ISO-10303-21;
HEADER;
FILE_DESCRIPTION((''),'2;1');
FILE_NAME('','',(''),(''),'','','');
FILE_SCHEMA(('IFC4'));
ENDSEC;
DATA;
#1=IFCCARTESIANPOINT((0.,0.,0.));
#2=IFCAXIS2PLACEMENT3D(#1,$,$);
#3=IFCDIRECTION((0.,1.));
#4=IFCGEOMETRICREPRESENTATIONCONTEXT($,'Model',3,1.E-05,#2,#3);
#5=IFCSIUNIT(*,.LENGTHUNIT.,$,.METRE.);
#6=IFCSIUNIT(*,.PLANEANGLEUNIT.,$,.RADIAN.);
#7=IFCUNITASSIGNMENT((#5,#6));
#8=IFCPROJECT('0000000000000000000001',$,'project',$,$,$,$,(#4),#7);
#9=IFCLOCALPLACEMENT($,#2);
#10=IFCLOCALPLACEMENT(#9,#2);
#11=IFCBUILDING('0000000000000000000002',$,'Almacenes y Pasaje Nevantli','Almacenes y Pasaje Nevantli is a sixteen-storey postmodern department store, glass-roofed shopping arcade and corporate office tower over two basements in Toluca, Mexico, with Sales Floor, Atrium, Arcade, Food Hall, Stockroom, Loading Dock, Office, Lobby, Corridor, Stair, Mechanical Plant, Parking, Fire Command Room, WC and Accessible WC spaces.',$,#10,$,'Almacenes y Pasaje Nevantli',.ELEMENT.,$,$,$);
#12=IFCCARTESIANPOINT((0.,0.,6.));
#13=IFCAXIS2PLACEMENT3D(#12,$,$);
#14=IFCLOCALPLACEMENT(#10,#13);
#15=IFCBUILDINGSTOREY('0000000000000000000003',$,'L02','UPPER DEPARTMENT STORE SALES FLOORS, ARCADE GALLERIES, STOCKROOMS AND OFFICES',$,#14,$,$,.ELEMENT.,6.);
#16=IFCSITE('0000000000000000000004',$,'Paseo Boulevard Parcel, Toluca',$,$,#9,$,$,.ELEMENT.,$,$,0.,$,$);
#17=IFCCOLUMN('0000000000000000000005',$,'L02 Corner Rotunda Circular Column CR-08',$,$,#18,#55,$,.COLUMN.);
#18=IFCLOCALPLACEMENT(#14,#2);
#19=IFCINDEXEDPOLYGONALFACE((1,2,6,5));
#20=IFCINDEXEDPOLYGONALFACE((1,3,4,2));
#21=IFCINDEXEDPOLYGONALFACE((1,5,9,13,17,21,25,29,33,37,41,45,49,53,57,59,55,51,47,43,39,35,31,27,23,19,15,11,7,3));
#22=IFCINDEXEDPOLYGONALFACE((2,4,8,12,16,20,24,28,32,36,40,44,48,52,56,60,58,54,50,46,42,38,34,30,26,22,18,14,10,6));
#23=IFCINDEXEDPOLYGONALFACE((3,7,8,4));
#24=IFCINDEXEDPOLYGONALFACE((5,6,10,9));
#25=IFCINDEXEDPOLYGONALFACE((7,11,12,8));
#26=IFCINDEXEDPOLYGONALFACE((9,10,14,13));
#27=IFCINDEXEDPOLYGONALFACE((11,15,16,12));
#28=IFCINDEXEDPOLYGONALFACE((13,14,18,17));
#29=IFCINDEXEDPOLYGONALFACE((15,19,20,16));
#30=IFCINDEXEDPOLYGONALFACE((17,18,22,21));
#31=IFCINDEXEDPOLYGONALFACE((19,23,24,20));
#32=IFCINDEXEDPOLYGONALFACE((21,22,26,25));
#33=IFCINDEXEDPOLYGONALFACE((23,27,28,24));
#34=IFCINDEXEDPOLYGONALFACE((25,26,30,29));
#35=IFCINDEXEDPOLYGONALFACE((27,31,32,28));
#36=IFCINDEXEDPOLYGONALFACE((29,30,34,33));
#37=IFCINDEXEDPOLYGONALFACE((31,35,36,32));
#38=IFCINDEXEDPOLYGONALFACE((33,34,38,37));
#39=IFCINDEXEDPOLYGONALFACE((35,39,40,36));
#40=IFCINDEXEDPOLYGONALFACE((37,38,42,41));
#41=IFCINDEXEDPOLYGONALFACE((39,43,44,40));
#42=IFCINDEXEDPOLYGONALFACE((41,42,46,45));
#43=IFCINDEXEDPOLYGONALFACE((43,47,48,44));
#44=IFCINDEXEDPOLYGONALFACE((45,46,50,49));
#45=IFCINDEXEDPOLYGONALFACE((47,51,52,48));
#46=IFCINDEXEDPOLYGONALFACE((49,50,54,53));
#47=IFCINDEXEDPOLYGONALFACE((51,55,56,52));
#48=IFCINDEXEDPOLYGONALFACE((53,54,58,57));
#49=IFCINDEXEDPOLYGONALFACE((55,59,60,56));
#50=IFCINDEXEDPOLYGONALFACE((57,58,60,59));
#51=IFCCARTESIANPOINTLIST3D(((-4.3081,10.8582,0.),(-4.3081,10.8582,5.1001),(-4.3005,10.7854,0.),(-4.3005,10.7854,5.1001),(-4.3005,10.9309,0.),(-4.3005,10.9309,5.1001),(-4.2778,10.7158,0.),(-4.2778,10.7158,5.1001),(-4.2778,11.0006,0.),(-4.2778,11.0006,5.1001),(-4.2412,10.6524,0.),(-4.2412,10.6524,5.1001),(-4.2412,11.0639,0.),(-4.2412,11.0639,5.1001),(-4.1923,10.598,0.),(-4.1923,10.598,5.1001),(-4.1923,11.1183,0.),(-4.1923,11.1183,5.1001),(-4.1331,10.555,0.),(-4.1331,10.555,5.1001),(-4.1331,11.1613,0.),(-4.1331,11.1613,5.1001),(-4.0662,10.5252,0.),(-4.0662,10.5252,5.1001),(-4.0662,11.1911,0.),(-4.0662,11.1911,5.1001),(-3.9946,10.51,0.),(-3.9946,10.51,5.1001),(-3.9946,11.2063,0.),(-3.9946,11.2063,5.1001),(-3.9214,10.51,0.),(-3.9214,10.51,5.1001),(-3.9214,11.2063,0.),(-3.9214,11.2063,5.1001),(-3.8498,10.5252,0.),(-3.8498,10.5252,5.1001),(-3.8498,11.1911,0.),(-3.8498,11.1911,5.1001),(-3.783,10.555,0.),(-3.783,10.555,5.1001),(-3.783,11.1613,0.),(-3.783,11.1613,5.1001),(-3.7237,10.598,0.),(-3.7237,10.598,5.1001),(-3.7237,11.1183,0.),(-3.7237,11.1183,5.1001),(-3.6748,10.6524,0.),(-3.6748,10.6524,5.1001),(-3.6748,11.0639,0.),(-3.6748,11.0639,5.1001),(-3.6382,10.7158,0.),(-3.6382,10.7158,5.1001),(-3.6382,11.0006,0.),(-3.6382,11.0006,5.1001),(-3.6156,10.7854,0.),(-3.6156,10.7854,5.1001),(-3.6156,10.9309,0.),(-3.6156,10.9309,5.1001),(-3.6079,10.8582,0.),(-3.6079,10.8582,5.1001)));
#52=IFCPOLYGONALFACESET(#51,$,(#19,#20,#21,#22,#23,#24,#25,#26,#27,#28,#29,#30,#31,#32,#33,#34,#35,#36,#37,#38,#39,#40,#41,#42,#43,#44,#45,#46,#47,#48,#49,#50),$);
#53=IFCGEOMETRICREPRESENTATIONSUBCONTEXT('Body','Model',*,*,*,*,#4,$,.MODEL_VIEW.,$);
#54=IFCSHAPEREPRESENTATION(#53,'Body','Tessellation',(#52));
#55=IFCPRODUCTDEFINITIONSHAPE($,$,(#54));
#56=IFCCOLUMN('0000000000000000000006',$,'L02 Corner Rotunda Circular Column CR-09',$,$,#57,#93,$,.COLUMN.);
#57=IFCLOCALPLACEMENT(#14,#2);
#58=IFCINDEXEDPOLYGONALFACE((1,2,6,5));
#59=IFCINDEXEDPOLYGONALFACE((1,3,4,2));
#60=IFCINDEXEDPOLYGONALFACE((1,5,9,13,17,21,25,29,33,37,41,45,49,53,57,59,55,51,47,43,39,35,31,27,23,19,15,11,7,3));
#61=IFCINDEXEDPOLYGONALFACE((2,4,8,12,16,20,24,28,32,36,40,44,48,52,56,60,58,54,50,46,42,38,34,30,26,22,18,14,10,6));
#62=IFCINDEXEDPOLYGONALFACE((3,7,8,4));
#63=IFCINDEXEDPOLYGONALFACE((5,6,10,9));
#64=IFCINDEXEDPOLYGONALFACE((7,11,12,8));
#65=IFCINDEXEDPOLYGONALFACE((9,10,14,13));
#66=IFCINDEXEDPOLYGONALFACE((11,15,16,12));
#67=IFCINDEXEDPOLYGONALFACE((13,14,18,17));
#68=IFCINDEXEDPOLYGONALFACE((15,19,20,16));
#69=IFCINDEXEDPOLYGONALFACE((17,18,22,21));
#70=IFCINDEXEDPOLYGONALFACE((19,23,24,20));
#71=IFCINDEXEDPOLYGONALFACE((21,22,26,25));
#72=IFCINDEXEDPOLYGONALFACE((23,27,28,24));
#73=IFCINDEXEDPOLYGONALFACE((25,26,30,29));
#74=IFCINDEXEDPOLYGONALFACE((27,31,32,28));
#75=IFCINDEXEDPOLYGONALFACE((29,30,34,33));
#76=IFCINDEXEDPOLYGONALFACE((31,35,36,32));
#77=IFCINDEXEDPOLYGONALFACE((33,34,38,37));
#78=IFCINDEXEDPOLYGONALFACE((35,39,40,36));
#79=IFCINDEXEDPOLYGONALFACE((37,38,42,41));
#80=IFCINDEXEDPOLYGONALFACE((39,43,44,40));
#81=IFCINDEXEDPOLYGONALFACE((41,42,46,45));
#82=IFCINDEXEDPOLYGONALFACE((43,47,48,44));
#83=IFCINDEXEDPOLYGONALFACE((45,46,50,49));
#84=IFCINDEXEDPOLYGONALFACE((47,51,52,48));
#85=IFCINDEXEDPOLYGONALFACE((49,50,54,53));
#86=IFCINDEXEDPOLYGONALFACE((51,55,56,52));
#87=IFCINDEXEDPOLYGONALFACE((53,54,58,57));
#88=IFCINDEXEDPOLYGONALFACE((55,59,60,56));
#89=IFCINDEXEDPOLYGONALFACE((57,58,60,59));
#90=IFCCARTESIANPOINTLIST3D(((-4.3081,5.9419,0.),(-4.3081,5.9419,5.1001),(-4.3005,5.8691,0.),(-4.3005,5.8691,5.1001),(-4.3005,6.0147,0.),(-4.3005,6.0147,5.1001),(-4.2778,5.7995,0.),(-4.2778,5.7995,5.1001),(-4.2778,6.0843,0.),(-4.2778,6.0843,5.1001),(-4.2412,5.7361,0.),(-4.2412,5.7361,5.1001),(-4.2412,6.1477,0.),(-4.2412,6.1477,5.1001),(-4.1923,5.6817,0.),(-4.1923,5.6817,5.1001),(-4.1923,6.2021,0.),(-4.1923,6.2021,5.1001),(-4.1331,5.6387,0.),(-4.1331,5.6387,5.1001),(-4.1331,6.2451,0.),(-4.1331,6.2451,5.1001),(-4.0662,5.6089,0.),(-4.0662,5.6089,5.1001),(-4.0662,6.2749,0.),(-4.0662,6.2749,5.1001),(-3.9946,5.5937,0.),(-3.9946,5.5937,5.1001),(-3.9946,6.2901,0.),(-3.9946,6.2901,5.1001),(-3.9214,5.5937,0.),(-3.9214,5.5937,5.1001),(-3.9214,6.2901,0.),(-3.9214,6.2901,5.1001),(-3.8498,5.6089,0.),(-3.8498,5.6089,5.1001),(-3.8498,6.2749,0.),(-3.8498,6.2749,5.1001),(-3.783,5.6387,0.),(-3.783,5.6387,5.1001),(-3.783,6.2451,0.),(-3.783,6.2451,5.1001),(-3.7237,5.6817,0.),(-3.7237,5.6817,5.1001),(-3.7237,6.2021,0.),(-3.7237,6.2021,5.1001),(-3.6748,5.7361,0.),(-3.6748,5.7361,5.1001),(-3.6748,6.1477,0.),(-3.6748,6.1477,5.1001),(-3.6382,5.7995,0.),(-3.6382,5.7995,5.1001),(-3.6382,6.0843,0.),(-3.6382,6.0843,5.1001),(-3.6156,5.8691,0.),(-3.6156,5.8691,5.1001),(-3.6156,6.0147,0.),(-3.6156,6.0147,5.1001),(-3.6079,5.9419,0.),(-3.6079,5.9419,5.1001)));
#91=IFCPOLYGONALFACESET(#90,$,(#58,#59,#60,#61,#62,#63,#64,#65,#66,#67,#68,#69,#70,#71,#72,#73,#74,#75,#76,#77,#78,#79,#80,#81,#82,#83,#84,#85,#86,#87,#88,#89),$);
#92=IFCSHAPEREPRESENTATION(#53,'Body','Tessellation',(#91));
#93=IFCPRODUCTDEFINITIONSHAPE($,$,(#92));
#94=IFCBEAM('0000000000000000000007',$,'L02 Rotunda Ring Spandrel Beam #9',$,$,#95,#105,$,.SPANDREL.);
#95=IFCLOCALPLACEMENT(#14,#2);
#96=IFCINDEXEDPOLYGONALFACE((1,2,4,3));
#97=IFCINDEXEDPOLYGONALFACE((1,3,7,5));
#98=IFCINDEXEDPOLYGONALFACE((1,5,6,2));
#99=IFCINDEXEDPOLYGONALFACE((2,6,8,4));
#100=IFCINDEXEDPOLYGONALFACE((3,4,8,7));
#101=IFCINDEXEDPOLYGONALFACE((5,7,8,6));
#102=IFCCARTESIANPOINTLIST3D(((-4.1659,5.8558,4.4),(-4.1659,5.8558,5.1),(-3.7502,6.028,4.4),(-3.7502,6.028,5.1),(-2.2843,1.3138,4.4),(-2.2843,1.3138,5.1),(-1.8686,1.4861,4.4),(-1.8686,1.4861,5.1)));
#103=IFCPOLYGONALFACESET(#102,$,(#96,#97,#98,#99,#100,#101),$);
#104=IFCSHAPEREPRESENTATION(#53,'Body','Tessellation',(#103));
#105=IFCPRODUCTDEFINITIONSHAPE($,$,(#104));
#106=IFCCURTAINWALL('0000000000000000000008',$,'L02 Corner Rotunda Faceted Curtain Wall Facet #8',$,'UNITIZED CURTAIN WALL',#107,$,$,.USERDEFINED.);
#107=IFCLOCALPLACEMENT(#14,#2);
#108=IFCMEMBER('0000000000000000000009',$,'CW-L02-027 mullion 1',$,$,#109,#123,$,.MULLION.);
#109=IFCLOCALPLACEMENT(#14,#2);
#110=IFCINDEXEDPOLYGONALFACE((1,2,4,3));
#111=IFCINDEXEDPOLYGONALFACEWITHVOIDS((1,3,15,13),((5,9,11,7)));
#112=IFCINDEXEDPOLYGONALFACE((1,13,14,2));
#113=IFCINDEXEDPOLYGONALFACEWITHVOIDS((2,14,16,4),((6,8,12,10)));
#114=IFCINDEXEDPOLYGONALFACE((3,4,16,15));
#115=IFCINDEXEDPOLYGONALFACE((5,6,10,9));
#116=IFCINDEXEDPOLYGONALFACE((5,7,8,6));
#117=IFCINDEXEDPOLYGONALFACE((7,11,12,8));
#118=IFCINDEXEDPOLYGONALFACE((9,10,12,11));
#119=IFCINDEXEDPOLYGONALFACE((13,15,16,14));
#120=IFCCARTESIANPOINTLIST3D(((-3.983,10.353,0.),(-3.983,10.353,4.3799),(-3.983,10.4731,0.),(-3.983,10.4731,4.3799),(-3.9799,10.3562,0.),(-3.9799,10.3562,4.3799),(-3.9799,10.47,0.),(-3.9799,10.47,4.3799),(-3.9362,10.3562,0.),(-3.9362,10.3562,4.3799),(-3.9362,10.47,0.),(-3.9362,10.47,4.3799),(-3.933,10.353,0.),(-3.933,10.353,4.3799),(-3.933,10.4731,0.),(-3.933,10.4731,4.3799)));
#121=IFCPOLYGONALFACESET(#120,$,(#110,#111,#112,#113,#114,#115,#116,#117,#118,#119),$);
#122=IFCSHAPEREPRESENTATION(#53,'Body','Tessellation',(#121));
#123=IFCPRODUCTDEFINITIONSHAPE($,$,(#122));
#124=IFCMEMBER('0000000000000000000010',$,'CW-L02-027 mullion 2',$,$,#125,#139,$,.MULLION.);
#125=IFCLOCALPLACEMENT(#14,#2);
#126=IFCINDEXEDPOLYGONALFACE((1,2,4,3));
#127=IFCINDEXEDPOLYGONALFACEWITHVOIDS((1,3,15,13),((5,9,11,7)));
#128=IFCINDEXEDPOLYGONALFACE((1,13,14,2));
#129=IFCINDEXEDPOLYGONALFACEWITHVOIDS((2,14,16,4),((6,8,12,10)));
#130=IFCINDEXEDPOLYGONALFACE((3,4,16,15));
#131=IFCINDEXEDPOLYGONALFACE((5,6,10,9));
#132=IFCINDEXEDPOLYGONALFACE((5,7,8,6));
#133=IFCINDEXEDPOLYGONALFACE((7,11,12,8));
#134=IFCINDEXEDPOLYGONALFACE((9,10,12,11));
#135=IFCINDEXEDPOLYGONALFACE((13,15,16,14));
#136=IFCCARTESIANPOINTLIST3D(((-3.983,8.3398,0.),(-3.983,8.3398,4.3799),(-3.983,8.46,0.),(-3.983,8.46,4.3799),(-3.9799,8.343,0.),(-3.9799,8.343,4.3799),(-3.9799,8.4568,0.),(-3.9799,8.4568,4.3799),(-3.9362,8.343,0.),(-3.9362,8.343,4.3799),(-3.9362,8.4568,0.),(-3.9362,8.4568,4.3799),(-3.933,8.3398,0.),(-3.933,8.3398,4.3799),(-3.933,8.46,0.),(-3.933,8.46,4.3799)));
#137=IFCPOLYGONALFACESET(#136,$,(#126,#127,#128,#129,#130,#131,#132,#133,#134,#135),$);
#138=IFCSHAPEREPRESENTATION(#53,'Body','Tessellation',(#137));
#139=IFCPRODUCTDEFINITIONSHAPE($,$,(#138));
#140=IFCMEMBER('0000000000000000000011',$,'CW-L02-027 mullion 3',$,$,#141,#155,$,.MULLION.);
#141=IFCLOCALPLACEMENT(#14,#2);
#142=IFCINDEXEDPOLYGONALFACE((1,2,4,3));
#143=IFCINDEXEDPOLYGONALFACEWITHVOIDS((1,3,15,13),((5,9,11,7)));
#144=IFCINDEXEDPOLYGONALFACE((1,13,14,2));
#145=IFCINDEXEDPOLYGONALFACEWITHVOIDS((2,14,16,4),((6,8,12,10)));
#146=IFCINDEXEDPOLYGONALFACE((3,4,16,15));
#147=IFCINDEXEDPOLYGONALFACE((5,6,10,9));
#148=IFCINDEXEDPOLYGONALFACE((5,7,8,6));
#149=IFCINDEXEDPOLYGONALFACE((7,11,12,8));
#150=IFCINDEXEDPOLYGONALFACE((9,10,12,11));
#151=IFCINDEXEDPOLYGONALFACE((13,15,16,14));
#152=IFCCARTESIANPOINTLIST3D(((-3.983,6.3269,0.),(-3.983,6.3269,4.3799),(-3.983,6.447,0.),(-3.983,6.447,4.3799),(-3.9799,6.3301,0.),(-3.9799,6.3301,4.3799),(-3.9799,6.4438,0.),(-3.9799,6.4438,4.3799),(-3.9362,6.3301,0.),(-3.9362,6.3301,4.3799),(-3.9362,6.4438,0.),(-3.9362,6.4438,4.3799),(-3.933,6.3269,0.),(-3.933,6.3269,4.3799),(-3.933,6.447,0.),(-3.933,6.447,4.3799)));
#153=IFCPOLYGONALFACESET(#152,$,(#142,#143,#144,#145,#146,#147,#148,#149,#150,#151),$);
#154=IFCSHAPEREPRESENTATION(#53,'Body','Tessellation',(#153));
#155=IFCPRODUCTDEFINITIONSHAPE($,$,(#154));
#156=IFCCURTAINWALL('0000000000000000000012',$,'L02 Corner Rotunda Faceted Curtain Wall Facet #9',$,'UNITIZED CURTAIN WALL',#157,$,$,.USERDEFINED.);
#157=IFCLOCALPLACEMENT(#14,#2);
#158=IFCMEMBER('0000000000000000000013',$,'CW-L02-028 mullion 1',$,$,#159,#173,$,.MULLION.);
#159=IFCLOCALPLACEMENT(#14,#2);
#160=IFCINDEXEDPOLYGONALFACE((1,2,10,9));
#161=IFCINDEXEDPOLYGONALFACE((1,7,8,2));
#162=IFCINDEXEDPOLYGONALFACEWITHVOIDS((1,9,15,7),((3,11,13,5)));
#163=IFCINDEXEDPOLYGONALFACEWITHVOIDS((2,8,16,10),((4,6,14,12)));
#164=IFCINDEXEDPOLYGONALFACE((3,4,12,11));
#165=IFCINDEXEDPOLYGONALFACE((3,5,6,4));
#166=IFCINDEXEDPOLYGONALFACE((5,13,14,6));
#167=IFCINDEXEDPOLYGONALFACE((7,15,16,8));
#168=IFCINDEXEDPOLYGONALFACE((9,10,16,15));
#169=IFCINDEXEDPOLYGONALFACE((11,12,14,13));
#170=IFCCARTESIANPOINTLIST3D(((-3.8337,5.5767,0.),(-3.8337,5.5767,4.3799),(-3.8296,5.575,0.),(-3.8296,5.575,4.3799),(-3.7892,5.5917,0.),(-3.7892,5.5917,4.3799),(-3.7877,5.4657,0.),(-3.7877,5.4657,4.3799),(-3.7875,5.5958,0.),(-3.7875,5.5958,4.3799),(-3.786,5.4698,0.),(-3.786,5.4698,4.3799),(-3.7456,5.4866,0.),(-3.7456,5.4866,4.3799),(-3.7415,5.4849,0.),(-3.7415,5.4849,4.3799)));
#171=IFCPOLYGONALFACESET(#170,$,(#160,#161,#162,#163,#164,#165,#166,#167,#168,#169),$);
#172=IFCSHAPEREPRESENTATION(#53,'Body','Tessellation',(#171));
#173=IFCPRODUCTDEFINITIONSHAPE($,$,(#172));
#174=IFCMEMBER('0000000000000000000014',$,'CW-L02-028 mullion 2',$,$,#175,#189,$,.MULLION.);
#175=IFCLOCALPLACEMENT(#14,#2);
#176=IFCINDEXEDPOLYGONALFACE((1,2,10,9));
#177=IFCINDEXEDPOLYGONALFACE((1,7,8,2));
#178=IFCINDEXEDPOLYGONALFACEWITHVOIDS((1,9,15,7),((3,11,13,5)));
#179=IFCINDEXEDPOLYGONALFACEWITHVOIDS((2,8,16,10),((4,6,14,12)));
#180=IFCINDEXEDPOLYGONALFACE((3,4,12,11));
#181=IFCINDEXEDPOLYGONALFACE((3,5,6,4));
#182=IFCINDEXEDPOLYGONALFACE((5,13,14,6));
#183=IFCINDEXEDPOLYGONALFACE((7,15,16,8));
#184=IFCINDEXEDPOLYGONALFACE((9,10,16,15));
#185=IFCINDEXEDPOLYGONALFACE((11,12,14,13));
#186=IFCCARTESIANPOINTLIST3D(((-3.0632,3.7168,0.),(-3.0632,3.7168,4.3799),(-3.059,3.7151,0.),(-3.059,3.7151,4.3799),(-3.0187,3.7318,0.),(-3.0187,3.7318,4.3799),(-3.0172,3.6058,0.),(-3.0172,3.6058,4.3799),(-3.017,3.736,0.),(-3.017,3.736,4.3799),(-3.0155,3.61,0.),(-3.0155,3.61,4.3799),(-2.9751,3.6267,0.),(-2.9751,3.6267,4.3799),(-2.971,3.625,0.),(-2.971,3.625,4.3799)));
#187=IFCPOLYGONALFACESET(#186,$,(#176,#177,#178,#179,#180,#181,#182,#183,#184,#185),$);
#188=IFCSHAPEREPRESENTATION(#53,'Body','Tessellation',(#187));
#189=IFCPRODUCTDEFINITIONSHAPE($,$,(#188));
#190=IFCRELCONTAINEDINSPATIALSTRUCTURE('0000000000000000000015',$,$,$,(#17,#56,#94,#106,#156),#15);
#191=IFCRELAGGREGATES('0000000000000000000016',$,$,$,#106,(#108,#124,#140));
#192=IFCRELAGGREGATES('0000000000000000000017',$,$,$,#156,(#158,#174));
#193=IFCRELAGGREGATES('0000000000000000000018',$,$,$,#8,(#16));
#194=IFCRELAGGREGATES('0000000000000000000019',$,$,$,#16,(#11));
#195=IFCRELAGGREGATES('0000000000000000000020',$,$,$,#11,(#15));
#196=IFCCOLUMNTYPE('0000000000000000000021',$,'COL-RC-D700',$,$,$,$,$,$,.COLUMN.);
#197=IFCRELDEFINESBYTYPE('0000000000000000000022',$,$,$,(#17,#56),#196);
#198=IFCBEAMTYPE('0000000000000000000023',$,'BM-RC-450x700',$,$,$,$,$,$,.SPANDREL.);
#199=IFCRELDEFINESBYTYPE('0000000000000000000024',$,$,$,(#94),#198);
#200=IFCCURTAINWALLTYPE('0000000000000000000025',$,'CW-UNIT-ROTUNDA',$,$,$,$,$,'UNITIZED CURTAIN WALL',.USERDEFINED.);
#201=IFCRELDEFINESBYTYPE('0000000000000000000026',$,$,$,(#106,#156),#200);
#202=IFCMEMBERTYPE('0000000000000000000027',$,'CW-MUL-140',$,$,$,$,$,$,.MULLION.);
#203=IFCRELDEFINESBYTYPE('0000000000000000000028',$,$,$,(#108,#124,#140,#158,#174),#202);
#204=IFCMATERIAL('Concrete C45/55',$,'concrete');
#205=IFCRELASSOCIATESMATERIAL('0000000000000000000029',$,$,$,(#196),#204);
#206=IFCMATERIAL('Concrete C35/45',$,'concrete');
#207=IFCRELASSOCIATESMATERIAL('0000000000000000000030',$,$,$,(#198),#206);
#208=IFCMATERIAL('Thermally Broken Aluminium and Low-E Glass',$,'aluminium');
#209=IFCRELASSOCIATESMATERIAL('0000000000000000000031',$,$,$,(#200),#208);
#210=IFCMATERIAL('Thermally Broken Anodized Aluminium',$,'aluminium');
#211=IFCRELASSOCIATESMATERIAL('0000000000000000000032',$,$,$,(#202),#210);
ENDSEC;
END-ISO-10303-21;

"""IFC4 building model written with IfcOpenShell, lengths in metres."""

from ifc_helpers import new_model, si_unit, direction, frame, origin, origin_2d, place, context, subcontext, project, spatial, rectangle, hollow_rectangle, circle, extrude, material, material_profile, profile_set, type_object, element, aggregate, save


model = new_model("IFC4")

# Units and contexts
model_context = context("Model", 3, precision=1e-05, world=origin(), true_north=direction((0.0, 1.0)))
body_context = subcontext(model_context, "Body", "Model", "MODEL_VIEW")
ifc_project = project(units=[si_unit("LENGTHUNIT", "METRE"), si_unit("PLANEANGLEUNIT", "RADIAN")], contexts=[model_context])

# Site, building, storey
site_placement = place(None, origin())
site = spatial("IfcSite", under=ifc_project, at=site_placement, Name="Paseo Boulevard Parcel, Toluca", CompositionType="ELEMENT", RefElevation=0.0)
building_placement = place(site_placement, origin())
building = spatial("IfcBuilding", under=site, at=building_placement, Name="Almacenes y Pasaje Nevantli", Description="Almacenes y Pasaje Nevantli is a sixteen-storey postmodern department store, glass-roofed shopping arcade and corporate office tower over two basements in Toluca, Mexico, with Sales Floor, Atrium, Arcade, Food Hall, Stockroom, Loading Dock, Office, Lobby, Corridor, Stair, Mechanical Plant, Parking, Fire Command Room, WC and Accessible WC spaces.", LongName="Almacenes y Pasaje Nevantli", CompositionType="ELEMENT")
storey_placement = place(building_placement, frame((0.0, 0.0, 6.0)))
storey = spatial("IfcBuildingStorey", under=building, at=storey_placement, Name="L02", Description="UPPER DEPARTMENT STORE SALES FLOORS, ARCADE GALLERIES, STOCKROOMS AND OFFICES", CompositionType="ELEMENT", Elevation=6.0)

# Columns
ifc_material_1 = material(Name="Concrete C45/55", Category="concrete")
ifc_material_profile_1 = material_profile(ifc_material_1, circle(Radius=0.3501, at=origin_2d()), Name="RC-COL-D700")
ifc_profile_set_1 = profile_set([ifc_material_profile_1], Name="Concrete C45/55")
column_type = type_object("IfcColumnType", Name="COL-RC-D700", PredefinedType="COLUMN", material=ifc_profile_set_1)
for number, where, z_axis, x_axis, name in (
    (1, (-3.958, 10.8582, 0.0), (0.0, 0.0, 1.0), (1.0, 0.0, 0.0), "L02 Corner Rotunda Circular Column CR-08"),
    (2, (-3.958, 5.9419, 0.0), (0.0, 0.0, 1.0), (1.0, 0.0, 0.0), "L02 Corner Rotunda Circular Column CR-09"),
):
    element("IfcColumn", number, at=place(storey_placement, frame(where, z_axis=z_axis, x_axis=x_axis)), inside=storey, type_object=column_type, Name=name, PredefinedType="COLUMN", context=body_context, shape_type="SweptSolid", body=[
        extrude(circle(Radius=0.3501, at=origin_2d()), origin(), (0.0, 0.0, 1.0), 5.1001),
    ])

# Beam
ifc_material_2 = material(Name="Concrete C35/45", Category="concrete")
ifc_material_profile_2 = material_profile(ifc_material_2, rectangle(XDim=0.45, YDim=0.7, at=origin_2d()), Name="RC-BM-450x700")
ifc_profile_set_2 = profile_set([ifc_material_profile_2], Name="Concrete C35/45")
beam_type = type_object("IfcBeamType", Name="BM-RC-450x700", PredefinedType="SPANDREL", material=ifc_profile_set_2)
beam_placement = place(storey_placement, frame((-3.958, 5.9419, 4.75), z_axis=(0.382725, -0.923862, 0.0), x_axis=(0.923862, 0.382725, 0.0)))
element("IfcBeam", 3, at=beam_placement, inside=storey, type_object=beam_type, Name="L02 Rotunda Ring Spandrel Beam #9", PredefinedType="SPANDREL", context=body_context, shape_type="SweptSolid", body=[
    extrude(rectangle(XDim=0.45, YDim=0.7, at=origin_2d()), origin(), (0.0, 0.0, 1.0), 4.9163),
])

# Curtain walls, members
ifc_material_3 = material(Name="Thermally Broken Aluminium and Low-E Glass", Category="aluminium")
curtain_wall_type = type_object("IfcCurtainWallType", Name="CW-UNIT-ROTUNDA", ElementType="UNITIZED CURTAIN WALL", PredefinedType="USERDEFINED", material=ifc_material_3)
curtain_wall_1_placement = place(storey_placement, origin())
curtain_wall_1 = element("IfcCurtainWall", 4, at=curtain_wall_1_placement, inside=storey, type_object=curtain_wall_type, Name="L02 Corner Rotunda Faceted Curtain Wall Facet #8", ObjectType="UNITIZED CURTAIN WALL", PredefinedType="USERDEFINED")
ifc_material_4 = material(Name="Thermally Broken Anodized Aluminium", Category="aluminium")
ifc_material_profile_3 = material_profile(ifc_material_4, hollow_rectangle(XDim=0.05, YDim=0.1201, WallThickness=0.0032, at=origin_2d()), Name="ALU-MUL-50x120")
ifc_profile_set_3 = profile_set([ifc_material_profile_3], Name="Thermally Broken Anodized Aluminium")
member_type_1 = type_object("IfcMemberType", Name="CW-MUL-140", PredefinedType="MULLION", material=ifc_profile_set_3)
member_1_placement = place(storey_placement, frame((-3.958, 10.4131, 0.0), z_axis=(0.0, 0.0, 1.0), x_axis=(1.0, 0.0, 0.0)))
member_1 = element("IfcMember", 5, at=member_1_placement, type_object=member_type_1, Name="CW-L02-027 mullion 1", PredefinedType="MULLION", context=body_context, shape_type="SweptSolid", body=[
    extrude(hollow_rectangle(XDim=0.05, YDim=0.1201, WallThickness=0.0032, at=origin_2d()), origin(), (0.0, 0.0, 1.0), 4.3799),
])
member_2_placement = place(storey_placement, frame((-3.958, 8.3999, 0.0), z_axis=(0.0, 0.0, 1.0), x_axis=(1.0, 0.0, 0.0)))
member_2 = element("IfcMember", 6, at=member_2_placement, type_object=member_type_1, Name="CW-L02-027 mullion 2", PredefinedType="MULLION", context=body_context, shape_type="SweptSolid", body=[
    extrude(hollow_rectangle(XDim=0.05, YDim=0.1201, WallThickness=0.0032, at=origin_2d()), origin(), (0.0, 0.0, 1.0), 4.3799),
])
member_3_placement = place(storey_placement, frame((-3.958, 6.387, 0.0), z_axis=(0.0, 0.0, 1.0), x_axis=(1.0, 0.0, 0.0)))
member_3 = element("IfcMember", 7, at=member_3_placement, type_object=member_type_1, Name="CW-L02-027 mullion 3", PredefinedType="MULLION", context=body_context, shape_type="SweptSolid", body=[
    extrude(hollow_rectangle(XDim=0.05, YDim=0.1201, WallThickness=0.0032, at=origin_2d()), origin(), (0.0, 0.0, 1.0), 4.3799),
])
curtain_wall_2_placement = place(storey_placement, origin())
curtain_wall_2 = element("IfcCurtainWall", 8, at=curtain_wall_2_placement, inside=storey, type_object=curtain_wall_type, Name="L02 Corner Rotunda Faceted Curtain Wall Facet #9", ObjectType="UNITIZED CURTAIN WALL", PredefinedType="USERDEFINED")
member_4_placement = place(storey_placement, frame((-3.7876, 5.5308, 0.0), z_axis=(0.0, 0.0, 1.0), x_axis=(0.923873, 0.382698, 0.0)))
member_4 = element("IfcMember", 9, at=member_4_placement, type_object=member_type_1, Name="CW-L02-028 mullion 1", PredefinedType="MULLION", context=body_context, shape_type="SweptSolid", body=[
    extrude(hollow_rectangle(XDim=0.05, YDim=0.1201, WallThickness=0.0032, at=origin_2d()), origin(), (0.0, 0.0, 1.0), 4.3799),
])
member_5_placement = place(storey_placement, frame((-3.0171, 3.6709, 0.0), z_axis=(0.0, 0.0, 1.0), x_axis=(0.923873, 0.382698, 0.0)))
member_5 = element("IfcMember", 10, at=member_5_placement, type_object=member_type_1, Name="CW-L02-028 mullion 2", PredefinedType="MULLION", context=body_context, shape_type="SweptSolid", body=[
    extrude(hollow_rectangle(XDim=0.05, YDim=0.1201, WallThickness=0.0032, at=origin_2d()), origin(), (0.0, 0.0, 1.0), 4.3799),
])

aggregate(curtain_wall_1, [member_1, member_2, member_3])
aggregate(curtain_wall_2, [member_4, member_5])

save(model, "model.ifc")
